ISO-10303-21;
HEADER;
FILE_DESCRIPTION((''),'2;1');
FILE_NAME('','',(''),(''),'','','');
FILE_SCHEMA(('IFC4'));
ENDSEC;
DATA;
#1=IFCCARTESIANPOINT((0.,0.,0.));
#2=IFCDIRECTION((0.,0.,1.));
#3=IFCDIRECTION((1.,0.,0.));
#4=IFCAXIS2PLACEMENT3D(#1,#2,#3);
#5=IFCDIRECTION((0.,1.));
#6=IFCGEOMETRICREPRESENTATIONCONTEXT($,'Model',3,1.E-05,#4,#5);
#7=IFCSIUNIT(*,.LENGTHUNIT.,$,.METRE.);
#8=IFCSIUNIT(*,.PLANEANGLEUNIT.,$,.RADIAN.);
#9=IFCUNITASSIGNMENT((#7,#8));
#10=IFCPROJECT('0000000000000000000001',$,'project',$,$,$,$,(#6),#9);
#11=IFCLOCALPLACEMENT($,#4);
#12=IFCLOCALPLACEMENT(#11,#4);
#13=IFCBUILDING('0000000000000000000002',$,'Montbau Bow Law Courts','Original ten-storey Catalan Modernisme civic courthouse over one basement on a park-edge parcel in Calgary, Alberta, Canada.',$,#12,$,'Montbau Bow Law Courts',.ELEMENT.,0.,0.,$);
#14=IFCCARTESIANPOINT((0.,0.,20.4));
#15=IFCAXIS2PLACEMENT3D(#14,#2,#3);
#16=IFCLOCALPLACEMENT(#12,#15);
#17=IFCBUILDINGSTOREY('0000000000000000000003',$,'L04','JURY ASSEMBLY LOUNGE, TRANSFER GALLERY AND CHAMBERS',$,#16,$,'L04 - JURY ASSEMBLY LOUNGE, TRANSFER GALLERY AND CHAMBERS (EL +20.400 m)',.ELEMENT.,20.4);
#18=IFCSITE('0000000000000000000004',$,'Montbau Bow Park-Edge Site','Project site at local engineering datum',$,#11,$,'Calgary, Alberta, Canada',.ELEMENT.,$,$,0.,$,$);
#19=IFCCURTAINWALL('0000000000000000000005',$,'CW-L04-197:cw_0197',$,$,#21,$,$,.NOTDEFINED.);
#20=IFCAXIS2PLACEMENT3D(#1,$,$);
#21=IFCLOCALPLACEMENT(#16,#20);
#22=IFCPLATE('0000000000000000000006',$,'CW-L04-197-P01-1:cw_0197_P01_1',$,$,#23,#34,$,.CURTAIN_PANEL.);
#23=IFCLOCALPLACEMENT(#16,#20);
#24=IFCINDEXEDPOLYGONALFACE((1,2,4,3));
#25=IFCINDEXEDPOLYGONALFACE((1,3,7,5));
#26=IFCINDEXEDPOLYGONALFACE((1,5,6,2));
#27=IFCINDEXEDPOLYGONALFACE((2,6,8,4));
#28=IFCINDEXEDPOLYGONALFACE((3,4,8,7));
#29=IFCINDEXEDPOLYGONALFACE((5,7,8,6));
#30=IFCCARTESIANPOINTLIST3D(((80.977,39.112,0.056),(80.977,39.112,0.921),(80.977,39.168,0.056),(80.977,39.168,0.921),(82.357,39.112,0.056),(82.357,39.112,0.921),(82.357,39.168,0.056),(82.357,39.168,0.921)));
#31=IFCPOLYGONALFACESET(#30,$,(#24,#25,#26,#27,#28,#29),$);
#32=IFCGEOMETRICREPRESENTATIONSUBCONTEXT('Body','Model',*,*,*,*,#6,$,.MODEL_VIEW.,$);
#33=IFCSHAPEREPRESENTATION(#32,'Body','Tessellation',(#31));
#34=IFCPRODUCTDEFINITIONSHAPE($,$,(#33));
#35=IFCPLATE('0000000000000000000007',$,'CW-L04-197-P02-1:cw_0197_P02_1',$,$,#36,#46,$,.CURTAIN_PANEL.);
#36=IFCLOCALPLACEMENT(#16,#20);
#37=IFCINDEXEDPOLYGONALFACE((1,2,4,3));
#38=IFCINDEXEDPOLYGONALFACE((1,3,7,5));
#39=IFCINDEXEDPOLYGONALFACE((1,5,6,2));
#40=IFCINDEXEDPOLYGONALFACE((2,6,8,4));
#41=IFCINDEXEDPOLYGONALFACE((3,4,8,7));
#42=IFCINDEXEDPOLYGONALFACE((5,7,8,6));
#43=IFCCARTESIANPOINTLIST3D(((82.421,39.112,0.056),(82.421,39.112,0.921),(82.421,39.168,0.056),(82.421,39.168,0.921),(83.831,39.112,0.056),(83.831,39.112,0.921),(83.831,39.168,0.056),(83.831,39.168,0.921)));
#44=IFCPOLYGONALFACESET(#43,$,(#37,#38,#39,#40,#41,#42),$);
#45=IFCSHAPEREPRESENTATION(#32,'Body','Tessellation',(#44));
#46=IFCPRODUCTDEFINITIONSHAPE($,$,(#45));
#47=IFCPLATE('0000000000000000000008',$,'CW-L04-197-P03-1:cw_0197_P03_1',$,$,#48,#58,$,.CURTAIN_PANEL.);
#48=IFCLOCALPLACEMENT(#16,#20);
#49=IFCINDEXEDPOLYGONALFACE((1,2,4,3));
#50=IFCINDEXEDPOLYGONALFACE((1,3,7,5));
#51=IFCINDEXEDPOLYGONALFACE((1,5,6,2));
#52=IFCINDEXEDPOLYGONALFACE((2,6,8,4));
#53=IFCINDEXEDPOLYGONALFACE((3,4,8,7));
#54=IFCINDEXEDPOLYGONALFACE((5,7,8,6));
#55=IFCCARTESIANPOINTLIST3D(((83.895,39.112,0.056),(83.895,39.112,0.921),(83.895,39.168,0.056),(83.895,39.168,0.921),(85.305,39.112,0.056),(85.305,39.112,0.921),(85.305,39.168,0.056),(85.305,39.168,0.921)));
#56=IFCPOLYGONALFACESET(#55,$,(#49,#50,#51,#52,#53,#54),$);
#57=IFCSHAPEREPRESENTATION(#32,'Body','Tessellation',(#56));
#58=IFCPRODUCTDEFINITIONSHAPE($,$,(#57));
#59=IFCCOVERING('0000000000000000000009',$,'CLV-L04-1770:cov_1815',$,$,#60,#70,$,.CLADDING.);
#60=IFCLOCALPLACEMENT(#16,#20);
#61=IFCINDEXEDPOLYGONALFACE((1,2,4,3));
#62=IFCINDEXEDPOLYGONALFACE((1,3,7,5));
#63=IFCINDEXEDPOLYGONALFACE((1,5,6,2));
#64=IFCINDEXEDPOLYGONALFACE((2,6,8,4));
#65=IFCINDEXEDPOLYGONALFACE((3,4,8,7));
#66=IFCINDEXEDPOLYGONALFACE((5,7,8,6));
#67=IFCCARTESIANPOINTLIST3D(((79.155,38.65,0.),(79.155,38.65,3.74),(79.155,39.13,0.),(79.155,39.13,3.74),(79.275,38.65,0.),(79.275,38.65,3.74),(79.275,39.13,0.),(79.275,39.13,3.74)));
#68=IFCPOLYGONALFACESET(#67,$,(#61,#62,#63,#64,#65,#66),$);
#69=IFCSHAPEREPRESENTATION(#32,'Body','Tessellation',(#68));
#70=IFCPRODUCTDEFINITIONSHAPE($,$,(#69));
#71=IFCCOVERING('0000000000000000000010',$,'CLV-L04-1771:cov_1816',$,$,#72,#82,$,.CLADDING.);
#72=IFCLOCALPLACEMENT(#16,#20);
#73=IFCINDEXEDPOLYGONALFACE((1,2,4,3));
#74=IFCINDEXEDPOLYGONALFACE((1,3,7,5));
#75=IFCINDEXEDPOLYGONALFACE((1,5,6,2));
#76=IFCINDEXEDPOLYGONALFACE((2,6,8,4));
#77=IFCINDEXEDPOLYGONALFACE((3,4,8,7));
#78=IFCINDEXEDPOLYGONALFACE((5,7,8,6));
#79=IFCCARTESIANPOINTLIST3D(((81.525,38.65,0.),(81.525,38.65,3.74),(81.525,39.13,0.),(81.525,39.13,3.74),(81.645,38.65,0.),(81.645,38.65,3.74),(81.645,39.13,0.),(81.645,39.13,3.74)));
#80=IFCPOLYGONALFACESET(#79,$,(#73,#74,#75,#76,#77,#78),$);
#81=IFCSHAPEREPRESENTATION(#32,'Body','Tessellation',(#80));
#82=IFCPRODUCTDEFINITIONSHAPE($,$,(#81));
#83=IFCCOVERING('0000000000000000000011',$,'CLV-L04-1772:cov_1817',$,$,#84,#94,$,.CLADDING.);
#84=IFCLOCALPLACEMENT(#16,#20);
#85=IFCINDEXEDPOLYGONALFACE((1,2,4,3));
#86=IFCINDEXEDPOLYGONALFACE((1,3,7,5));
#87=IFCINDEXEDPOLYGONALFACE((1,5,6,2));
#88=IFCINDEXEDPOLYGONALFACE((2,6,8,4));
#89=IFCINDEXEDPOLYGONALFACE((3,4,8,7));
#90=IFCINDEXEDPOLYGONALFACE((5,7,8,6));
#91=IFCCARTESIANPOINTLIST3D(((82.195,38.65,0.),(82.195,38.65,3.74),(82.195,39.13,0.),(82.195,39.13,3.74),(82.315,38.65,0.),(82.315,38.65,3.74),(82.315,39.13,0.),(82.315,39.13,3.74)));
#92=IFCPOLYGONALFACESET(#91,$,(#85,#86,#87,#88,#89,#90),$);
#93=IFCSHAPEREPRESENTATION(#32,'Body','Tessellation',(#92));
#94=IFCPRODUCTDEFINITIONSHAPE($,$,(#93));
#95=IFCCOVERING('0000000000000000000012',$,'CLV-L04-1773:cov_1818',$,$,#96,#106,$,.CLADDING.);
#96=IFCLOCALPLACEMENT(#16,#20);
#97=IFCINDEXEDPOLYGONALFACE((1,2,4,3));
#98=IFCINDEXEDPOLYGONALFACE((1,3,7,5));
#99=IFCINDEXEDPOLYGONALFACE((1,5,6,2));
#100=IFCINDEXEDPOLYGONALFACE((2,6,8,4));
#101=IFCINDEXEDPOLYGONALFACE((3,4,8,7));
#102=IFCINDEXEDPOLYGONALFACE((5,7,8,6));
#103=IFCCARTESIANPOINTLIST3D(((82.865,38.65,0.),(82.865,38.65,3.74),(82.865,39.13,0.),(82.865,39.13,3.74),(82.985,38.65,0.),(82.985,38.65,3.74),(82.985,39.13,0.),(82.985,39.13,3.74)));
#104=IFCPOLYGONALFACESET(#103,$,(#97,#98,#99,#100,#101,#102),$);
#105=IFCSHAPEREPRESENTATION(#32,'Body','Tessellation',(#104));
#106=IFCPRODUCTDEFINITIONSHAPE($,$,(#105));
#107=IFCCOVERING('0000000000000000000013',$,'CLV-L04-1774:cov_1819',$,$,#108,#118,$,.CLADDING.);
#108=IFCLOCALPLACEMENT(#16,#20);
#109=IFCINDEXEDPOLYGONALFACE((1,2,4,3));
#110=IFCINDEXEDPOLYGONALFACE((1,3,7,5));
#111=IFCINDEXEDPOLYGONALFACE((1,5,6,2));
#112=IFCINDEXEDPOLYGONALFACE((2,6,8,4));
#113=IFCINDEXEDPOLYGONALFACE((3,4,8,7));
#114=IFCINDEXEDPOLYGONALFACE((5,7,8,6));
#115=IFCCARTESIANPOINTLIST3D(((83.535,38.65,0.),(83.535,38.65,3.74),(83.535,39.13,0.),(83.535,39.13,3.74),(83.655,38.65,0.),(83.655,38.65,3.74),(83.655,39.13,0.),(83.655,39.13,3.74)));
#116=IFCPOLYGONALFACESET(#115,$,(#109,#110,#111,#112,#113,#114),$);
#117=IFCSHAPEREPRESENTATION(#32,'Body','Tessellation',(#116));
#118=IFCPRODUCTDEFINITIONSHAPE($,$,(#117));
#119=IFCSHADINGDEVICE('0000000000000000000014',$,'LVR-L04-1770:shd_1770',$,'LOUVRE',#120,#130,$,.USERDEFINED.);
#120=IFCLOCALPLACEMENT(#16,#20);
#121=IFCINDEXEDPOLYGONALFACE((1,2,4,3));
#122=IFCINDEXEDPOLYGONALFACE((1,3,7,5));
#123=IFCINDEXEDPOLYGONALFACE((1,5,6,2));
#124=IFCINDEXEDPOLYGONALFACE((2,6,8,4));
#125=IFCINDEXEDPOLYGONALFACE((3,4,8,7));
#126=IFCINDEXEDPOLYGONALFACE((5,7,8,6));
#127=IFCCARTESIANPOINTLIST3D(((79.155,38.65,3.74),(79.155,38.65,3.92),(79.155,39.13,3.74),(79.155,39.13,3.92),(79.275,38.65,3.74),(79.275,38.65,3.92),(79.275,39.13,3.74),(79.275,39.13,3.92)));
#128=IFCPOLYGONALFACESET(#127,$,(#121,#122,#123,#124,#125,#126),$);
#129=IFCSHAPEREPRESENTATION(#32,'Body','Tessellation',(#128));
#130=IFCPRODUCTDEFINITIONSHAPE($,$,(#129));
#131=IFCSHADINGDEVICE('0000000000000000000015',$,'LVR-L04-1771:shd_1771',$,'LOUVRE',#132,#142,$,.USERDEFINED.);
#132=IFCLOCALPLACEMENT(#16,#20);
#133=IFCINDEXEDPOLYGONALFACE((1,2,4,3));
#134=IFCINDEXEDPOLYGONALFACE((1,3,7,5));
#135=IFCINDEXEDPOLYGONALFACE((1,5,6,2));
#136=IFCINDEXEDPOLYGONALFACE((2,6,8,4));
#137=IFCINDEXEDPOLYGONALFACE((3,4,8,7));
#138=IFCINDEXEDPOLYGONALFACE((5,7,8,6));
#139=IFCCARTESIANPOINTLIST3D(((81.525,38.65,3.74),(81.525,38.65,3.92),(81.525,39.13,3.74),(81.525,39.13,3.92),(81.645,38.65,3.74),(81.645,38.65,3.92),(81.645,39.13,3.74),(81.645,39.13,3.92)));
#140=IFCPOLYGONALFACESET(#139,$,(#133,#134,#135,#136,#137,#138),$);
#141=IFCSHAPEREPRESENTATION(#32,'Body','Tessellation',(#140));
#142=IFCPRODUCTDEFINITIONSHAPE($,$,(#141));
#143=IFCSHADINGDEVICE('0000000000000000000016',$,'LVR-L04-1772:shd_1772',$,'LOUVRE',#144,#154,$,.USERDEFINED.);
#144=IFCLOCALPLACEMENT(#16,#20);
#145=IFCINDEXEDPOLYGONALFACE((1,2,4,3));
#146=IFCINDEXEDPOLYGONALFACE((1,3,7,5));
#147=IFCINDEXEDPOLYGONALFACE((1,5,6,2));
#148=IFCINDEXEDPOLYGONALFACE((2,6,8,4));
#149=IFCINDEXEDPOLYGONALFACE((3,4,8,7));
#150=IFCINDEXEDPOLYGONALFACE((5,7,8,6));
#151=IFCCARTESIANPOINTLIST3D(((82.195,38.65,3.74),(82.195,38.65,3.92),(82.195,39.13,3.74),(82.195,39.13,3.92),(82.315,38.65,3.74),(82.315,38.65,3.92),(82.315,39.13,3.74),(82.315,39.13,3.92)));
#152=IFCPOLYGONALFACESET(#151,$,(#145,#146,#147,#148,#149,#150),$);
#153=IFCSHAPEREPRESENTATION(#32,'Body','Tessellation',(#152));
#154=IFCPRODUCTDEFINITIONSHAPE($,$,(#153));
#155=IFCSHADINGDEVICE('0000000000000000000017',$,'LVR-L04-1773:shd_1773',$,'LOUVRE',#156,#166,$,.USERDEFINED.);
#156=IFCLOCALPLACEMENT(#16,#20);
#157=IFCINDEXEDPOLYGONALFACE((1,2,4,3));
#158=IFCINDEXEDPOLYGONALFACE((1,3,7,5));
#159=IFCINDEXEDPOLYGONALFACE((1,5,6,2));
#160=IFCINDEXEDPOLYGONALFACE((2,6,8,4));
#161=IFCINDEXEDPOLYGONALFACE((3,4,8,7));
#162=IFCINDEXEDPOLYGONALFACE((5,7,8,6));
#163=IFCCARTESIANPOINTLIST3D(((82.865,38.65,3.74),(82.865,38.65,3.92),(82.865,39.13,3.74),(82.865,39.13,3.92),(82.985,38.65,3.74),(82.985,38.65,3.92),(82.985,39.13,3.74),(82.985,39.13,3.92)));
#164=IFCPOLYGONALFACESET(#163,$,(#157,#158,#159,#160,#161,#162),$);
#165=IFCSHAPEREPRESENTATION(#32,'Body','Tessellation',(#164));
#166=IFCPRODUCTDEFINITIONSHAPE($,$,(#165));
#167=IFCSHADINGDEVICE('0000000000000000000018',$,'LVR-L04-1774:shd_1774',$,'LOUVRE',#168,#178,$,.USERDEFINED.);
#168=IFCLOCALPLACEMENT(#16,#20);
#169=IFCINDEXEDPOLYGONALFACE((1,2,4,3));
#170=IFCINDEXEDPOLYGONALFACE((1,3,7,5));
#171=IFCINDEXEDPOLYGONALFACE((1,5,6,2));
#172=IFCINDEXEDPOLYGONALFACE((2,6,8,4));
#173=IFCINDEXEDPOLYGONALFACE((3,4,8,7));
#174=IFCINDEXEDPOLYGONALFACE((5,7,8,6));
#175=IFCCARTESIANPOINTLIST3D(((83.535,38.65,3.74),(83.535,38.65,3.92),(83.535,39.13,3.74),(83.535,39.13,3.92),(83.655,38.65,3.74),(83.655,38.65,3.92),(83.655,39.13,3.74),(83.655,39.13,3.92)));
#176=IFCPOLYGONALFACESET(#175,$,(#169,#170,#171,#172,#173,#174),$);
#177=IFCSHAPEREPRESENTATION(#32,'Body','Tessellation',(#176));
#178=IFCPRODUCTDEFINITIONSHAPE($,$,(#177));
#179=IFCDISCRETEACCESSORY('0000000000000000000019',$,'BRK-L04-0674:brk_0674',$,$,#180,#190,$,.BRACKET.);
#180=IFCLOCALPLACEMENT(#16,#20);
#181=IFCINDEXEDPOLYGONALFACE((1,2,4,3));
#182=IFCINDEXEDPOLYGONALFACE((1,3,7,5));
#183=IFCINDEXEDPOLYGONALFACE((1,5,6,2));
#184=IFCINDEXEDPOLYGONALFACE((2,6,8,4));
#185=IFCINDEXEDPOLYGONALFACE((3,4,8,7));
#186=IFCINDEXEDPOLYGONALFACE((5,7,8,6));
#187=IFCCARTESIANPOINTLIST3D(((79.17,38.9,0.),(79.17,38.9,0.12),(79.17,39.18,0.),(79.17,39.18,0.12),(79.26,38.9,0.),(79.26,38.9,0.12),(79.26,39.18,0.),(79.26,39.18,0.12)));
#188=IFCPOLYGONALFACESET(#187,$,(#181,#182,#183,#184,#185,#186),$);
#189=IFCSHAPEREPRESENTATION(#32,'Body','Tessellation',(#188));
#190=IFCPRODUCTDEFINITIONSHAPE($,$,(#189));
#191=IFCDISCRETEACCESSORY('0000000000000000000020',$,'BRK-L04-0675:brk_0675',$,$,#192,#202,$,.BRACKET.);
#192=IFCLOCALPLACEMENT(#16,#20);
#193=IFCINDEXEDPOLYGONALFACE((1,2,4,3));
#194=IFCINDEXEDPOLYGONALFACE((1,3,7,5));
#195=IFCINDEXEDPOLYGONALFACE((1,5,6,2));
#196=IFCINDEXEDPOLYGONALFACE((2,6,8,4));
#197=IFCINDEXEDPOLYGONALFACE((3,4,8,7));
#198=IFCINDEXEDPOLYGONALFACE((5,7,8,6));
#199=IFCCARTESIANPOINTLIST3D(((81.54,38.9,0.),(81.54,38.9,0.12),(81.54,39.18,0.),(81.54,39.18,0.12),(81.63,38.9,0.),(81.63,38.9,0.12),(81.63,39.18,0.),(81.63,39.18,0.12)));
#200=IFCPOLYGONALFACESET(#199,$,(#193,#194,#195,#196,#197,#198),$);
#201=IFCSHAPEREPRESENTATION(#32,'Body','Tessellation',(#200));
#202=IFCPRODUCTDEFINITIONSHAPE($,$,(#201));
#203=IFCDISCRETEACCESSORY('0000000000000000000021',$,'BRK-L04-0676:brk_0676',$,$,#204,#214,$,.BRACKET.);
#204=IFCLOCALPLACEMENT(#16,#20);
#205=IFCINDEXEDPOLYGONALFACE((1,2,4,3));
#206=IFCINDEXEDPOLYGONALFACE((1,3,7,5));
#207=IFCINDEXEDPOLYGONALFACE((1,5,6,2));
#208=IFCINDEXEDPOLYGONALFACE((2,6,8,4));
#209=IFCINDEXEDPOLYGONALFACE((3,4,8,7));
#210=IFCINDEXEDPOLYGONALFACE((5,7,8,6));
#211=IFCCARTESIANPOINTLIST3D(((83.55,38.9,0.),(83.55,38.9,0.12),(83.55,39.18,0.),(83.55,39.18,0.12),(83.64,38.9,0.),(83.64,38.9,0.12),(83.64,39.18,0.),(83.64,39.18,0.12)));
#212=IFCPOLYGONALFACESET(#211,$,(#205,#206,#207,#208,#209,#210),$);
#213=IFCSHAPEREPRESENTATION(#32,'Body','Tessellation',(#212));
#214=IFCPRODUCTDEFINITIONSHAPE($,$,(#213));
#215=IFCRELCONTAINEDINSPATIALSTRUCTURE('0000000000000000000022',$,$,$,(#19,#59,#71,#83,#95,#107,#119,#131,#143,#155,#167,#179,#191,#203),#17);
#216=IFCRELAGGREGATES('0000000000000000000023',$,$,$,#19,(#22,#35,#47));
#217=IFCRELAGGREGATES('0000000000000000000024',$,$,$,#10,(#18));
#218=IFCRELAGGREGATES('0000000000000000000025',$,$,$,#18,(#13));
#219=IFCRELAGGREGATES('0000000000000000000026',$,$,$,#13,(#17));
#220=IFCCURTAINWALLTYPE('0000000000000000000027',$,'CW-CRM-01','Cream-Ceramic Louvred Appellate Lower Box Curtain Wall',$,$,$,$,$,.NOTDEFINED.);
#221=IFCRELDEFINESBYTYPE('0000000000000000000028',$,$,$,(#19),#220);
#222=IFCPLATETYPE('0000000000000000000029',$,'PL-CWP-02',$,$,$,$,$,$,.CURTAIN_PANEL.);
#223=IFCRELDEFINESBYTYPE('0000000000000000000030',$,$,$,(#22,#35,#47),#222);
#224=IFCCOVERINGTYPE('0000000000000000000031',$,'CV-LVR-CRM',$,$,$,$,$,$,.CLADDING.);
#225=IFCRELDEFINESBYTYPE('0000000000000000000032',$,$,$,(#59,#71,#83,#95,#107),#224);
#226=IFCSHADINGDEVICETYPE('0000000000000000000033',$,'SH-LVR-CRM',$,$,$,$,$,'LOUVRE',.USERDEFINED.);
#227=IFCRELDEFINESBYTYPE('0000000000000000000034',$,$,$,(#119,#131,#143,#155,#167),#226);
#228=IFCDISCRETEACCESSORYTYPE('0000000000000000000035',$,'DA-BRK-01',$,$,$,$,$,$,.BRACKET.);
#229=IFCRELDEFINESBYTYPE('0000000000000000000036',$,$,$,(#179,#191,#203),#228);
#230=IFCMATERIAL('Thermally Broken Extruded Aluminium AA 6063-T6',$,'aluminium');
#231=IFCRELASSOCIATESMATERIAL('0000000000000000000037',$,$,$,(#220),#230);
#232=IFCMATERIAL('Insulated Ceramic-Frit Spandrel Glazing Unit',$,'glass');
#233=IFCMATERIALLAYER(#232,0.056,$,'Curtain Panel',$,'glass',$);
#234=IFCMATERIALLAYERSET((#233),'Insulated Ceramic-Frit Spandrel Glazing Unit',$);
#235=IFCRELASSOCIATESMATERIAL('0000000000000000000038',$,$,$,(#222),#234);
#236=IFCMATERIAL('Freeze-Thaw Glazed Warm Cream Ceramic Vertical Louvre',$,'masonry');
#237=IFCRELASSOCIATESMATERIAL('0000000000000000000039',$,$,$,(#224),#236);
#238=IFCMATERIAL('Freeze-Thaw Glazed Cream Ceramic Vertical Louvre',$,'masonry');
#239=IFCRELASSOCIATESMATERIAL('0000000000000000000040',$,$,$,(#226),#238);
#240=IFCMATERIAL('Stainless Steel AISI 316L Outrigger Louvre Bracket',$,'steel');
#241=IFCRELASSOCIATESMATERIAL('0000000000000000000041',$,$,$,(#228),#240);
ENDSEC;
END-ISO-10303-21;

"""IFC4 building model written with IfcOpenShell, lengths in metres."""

from ifc_helpers import new_model, si_unit, direction, frame, frame_2d, origin_with_axes, origin_2d_with_axis, place, context, subcontext, project, spatial, rectangle, extrude, material, layer, layer_set, type_object, element, aggregate, save


model = new_model("IFC4")

# Units and contexts
model_context = context("Model", 3, precision=1e-05, world=origin_with_axes(), true_north=direction((0.0, 1.0)))
body_context = subcontext(model_context, "Body", "Model", "MODEL_VIEW")
ifc_project = project(units=[si_unit("LENGTHUNIT", "METRE"), si_unit("PLANEANGLEUNIT", "RADIAN")], contexts=[model_context])

# Site, building, storey
site_placement = place(None, origin_with_axes())
site = spatial("IfcSite", under=ifc_project, at=site_placement, Name="Montbau Bow Park-Edge Site", Description="Project site at local engineering datum", LongName="Calgary, Alberta, Canada", CompositionType="ELEMENT", RefElevation=0.0)
building_placement = place(site_placement, origin_with_axes())
building = spatial("IfcBuilding", under=site, at=building_placement, Name="Montbau Bow Law Courts", Description="Original ten-storey Catalan Modernisme civic courthouse over one basement on a park-edge parcel in Calgary, Alberta, Canada.", LongName="Montbau Bow Law Courts", CompositionType="ELEMENT", ElevationOfRefHeight=0.0, ElevationOfTerrain=0.0)
storey_placement = place(building_placement, frame((0.0, 0.0, 20.4), z_axis=(0.0, 0.0, 1.0), x_axis=(1.0, 0.0, 0.0)))
storey = spatial("IfcBuildingStorey", under=building, at=storey_placement, Name="L04", Description="JURY ASSEMBLY LOUNGE, TRANSFER GALLERY AND CHAMBERS", LongName="L04 - JURY ASSEMBLY LOUNGE, TRANSFER GALLERY AND CHAMBERS (EL +20.400 m)", CompositionType="ELEMENT", Elevation=20.4)

# Shared definitions
ifc_material_1 = material(Name="Thermally Broken Extruded Aluminium AA 6063-T6", Category="aluminium")
curtain_wall_type = type_object("IfcCurtainWallType", Name="CW-CRM-01", Description="Cream-Ceramic Louvred Appellate Lower Box Curtain Wall", PredefinedType="NOTDEFINED", material=ifc_material_1)

# Curtain wall, plates
curtain_wall_1_placement = place(None, frame((80.915, 39.14, 20.4), z_axis=(0.0, 0.0, 1.0), x_axis=(1.0, 0.0, 0.0)))
curtain_wall_1 = element("IfcCurtainWall", 1, at=curtain_wall_1_placement, inside=storey, type_object=curtain_wall_type, Name="CW-L04-197:cw_0197", PredefinedType="NOTDEFINED")
ifc_material_2 = material(Name="Insulated Ceramic-Frit Spandrel Glazing Unit", Category="glass")
ifc_layer_1 = layer(ifc_material_2, 0.056, Name="Curtain Panel", Category="glass")
ifc_layer_set_1 = layer_set([ifc_layer_1], Name="Insulated Ceramic-Frit Spandrel Glazing Unit")
plate_type_1 = type_object("IfcPlateType", Name="PL-CWP-02", PredefinedType="CURTAIN_PANEL", material=ifc_layer_set_1)
plate_1_placement = place(None, frame((80.977, 39.14, 20.456), z_axis=(0.0, -1.0, 0.0), x_axis=(1.0, 0.0, 0.0)))
plate_1 = element("IfcPlate", 2, at=plate_1_placement, type_object=plate_type_1, Name="CW-L04-197-P01-1:cw_0197_P01_1", PredefinedType="CURTAIN_PANEL", context=body_context, shape_type="SweptSolid", body=[
    extrude(rectangle(XDim=1.38, YDim=0.865, at=frame_2d((0.69, 0.4325), x_axis=(1.0, 0.0))), frame((0.0, 0.0, -0.028), z_axis=(0.0, 0.0, 1.0), x_axis=(1.0, 0.0, 0.0)), (0.0, 0.0, 1.0), 0.056),
])
plate_2_placement = place(None, frame((82.421, 39.14, 20.456), z_axis=(0.0, -1.0, 0.0), x_axis=(1.0, 0.0, 0.0)))
plate_2 = element("IfcPlate", 3, at=plate_2_placement, type_object=plate_type_1, Name="CW-L04-197-P02-1:cw_0197_P02_1", PredefinedType="CURTAIN_PANEL", context=body_context, shape_type="SweptSolid", body=[
    extrude(rectangle(XDim=1.41, YDim=0.865, at=frame_2d((0.705, 0.4325), x_axis=(1.0, 0.0))), frame((0.0, 0.0, -0.028), z_axis=(0.0, 0.0, 1.0), x_axis=(1.0, 0.0, 0.0)), (0.0, 0.0, 1.0), 0.056),
])
plate_3_placement = place(None, frame((83.895, 39.14, 20.456), z_axis=(0.0, -1.0, 0.0), x_axis=(1.0, 0.0, 0.0)))
plate_3 = element("IfcPlate", 4, at=plate_3_placement, type_object=plate_type_1, Name="CW-L04-197-P03-1:cw_0197_P03_1", PredefinedType="CURTAIN_PANEL", context=body_context, shape_type="SweptSolid", body=[
    extrude(rectangle(XDim=1.41, YDim=0.865, at=frame_2d((0.705, 0.4325), x_axis=(1.0, 0.0))), frame((0.0, 0.0, -0.028), z_axis=(0.0, 0.0, 1.0), x_axis=(1.0, 0.0, 0.0)), (0.0, 0.0, 1.0), 0.056),
])
aggregate(curtain_wall_1, [plate_1, plate_2, plate_3])

# Coverings
ifc_material_3 = material(Name="Freeze-Thaw Glazed Warm Cream Ceramic Vertical Louvre", Category="masonry")
covering_type = type_object("IfcCoveringType", Name="CV-LVR-CRM", PredefinedType="CLADDING", material=ifc_material_3)
for number, where, z_axis, x_axis, name in (
    (5, (79.215, 39.13, 20.4), (-1.0, 0.0, 0.0), (0.0, -1.0, 0.0), "CLV-L04-1770:cov_1815"),
    (6, (81.585, 39.13, 20.4), (-1.0, 0.0, 0.0), (0.0, -1.0, 0.0), "CLV-L04-1771:cov_1816"),
    (7, (82.255, 39.13, 20.4), (-1.0, 0.0, 0.0), (0.0, -1.0, 0.0), "CLV-L04-1772:cov_1817"),
    (8, (82.925, 39.13, 20.4), (-1.0, 0.0, 0.0), (0.0, -1.0, 0.0), "CLV-L04-1773:cov_1818"),
    (9, (83.595, 39.13, 20.4), (-1.0, 0.0, 0.0), (0.0, -1.0, 0.0), "CLV-L04-1774:cov_1819"),
):
    element("IfcCovering", number, at=place(None, frame(where, z_axis=z_axis, x_axis=x_axis)), inside=storey, type_object=covering_type, Name=name, PredefinedType="CLADDING", context=body_context, shape_type="SweptSolid", body=[
        extrude(rectangle(XDim=0.48, YDim=3.74, at=frame_2d((0.24, 1.87), x_axis=(1.0, 0.0))), frame((0.0, 0.0, -0.06), z_axis=(0.0, 0.0, 1.0), x_axis=(1.0, 0.0, 0.0)), (0.0, 0.0, 1.0), 0.12),
    ])

# Shading devices
ifc_material_4 = material(Name="Freeze-Thaw Glazed Cream Ceramic Vertical Louvre", Category="masonry")
shading_device_type = type_object("IfcShadingDeviceType", Name="SH-LVR-CRM", ElementType="LOUVRE", PredefinedType="USERDEFINED", material=ifc_material_4)
for number, where, z_axis, x_axis, name in (
    (10, (79.215, 38.89, 24.14), (0.0, 0.0, 1.0), (0.0, -1.0, 0.0), "LVR-L04-1770:shd_1770"),
    (11, (81.585, 38.89, 24.14), (0.0, 0.0, 1.0), (0.0, -1.0, 0.0), "LVR-L04-1771:shd_1771"),
    (12, (82.255, 38.89, 24.14), (0.0, 0.0, 1.0), (0.0, -1.0, 0.0), "LVR-L04-1772:shd_1772"),
    (13, (82.925, 38.89, 24.14), (0.0, 0.0, 1.0), (0.0, -1.0, 0.0), "LVR-L04-1773:shd_1773"),
    (14, (83.595, 38.89, 24.14), (0.0, 0.0, 1.0), (0.0, -1.0, 0.0), "LVR-L04-1774:shd_1774"),
):
    element("IfcShadingDevice", number, at=place(None, frame(where, z_axis=z_axis, x_axis=x_axis)), inside=storey, type_object=shading_device_type, Name=name, ObjectType="LOUVRE", PredefinedType="USERDEFINED", context=body_context, shape_type="SweptSolid", body=[
        extrude(rectangle(XDim=0.48, YDim=0.12, at=origin_2d_with_axis()), origin_with_axes(), (0.0, 0.0, 1.0), 0.18),
    ])

# Discrete accessories
ifc_material_5 = material(Name="Stainless Steel AISI 316L Outrigger Louvre Bracket", Category="steel")
discrete_accessory_type = type_object("IfcDiscreteAccessoryType", Name="DA-BRK-01", PredefinedType="BRACKET", material=ifc_material_5)
for number, where, z_axis, x_axis, name in (
    (15, (79.215, 39.04, 20.4), (0.0, 0.0, 1.0), (0.0, -1.0, 0.0), "BRK-L04-0674:brk_0674"),
    (16, (81.585, 39.04, 20.4), (0.0, 0.0, 1.0), (0.0, -1.0, 0.0), "BRK-L04-0675:brk_0675"),
    (17, (83.595, 39.04, 20.4), (0.0, 0.0, 1.0), (0.0, -1.0, 0.0), "BRK-L04-0676:brk_0676"),
):
    element("IfcDiscreteAccessory", number, at=place(None, frame(where, z_axis=z_axis, x_axis=x_axis)), inside=storey, type_object=discrete_accessory_type, Name=name, PredefinedType="BRACKET", context=body_context, shape_type="SweptSolid", body=[
        extrude(rectangle(XDim=0.28, YDim=0.09, at=origin_2d_with_axis()), origin_with_axes(), (0.0, 0.0, 1.0), 0.12),
    ])

save(model, "model.ifc")
